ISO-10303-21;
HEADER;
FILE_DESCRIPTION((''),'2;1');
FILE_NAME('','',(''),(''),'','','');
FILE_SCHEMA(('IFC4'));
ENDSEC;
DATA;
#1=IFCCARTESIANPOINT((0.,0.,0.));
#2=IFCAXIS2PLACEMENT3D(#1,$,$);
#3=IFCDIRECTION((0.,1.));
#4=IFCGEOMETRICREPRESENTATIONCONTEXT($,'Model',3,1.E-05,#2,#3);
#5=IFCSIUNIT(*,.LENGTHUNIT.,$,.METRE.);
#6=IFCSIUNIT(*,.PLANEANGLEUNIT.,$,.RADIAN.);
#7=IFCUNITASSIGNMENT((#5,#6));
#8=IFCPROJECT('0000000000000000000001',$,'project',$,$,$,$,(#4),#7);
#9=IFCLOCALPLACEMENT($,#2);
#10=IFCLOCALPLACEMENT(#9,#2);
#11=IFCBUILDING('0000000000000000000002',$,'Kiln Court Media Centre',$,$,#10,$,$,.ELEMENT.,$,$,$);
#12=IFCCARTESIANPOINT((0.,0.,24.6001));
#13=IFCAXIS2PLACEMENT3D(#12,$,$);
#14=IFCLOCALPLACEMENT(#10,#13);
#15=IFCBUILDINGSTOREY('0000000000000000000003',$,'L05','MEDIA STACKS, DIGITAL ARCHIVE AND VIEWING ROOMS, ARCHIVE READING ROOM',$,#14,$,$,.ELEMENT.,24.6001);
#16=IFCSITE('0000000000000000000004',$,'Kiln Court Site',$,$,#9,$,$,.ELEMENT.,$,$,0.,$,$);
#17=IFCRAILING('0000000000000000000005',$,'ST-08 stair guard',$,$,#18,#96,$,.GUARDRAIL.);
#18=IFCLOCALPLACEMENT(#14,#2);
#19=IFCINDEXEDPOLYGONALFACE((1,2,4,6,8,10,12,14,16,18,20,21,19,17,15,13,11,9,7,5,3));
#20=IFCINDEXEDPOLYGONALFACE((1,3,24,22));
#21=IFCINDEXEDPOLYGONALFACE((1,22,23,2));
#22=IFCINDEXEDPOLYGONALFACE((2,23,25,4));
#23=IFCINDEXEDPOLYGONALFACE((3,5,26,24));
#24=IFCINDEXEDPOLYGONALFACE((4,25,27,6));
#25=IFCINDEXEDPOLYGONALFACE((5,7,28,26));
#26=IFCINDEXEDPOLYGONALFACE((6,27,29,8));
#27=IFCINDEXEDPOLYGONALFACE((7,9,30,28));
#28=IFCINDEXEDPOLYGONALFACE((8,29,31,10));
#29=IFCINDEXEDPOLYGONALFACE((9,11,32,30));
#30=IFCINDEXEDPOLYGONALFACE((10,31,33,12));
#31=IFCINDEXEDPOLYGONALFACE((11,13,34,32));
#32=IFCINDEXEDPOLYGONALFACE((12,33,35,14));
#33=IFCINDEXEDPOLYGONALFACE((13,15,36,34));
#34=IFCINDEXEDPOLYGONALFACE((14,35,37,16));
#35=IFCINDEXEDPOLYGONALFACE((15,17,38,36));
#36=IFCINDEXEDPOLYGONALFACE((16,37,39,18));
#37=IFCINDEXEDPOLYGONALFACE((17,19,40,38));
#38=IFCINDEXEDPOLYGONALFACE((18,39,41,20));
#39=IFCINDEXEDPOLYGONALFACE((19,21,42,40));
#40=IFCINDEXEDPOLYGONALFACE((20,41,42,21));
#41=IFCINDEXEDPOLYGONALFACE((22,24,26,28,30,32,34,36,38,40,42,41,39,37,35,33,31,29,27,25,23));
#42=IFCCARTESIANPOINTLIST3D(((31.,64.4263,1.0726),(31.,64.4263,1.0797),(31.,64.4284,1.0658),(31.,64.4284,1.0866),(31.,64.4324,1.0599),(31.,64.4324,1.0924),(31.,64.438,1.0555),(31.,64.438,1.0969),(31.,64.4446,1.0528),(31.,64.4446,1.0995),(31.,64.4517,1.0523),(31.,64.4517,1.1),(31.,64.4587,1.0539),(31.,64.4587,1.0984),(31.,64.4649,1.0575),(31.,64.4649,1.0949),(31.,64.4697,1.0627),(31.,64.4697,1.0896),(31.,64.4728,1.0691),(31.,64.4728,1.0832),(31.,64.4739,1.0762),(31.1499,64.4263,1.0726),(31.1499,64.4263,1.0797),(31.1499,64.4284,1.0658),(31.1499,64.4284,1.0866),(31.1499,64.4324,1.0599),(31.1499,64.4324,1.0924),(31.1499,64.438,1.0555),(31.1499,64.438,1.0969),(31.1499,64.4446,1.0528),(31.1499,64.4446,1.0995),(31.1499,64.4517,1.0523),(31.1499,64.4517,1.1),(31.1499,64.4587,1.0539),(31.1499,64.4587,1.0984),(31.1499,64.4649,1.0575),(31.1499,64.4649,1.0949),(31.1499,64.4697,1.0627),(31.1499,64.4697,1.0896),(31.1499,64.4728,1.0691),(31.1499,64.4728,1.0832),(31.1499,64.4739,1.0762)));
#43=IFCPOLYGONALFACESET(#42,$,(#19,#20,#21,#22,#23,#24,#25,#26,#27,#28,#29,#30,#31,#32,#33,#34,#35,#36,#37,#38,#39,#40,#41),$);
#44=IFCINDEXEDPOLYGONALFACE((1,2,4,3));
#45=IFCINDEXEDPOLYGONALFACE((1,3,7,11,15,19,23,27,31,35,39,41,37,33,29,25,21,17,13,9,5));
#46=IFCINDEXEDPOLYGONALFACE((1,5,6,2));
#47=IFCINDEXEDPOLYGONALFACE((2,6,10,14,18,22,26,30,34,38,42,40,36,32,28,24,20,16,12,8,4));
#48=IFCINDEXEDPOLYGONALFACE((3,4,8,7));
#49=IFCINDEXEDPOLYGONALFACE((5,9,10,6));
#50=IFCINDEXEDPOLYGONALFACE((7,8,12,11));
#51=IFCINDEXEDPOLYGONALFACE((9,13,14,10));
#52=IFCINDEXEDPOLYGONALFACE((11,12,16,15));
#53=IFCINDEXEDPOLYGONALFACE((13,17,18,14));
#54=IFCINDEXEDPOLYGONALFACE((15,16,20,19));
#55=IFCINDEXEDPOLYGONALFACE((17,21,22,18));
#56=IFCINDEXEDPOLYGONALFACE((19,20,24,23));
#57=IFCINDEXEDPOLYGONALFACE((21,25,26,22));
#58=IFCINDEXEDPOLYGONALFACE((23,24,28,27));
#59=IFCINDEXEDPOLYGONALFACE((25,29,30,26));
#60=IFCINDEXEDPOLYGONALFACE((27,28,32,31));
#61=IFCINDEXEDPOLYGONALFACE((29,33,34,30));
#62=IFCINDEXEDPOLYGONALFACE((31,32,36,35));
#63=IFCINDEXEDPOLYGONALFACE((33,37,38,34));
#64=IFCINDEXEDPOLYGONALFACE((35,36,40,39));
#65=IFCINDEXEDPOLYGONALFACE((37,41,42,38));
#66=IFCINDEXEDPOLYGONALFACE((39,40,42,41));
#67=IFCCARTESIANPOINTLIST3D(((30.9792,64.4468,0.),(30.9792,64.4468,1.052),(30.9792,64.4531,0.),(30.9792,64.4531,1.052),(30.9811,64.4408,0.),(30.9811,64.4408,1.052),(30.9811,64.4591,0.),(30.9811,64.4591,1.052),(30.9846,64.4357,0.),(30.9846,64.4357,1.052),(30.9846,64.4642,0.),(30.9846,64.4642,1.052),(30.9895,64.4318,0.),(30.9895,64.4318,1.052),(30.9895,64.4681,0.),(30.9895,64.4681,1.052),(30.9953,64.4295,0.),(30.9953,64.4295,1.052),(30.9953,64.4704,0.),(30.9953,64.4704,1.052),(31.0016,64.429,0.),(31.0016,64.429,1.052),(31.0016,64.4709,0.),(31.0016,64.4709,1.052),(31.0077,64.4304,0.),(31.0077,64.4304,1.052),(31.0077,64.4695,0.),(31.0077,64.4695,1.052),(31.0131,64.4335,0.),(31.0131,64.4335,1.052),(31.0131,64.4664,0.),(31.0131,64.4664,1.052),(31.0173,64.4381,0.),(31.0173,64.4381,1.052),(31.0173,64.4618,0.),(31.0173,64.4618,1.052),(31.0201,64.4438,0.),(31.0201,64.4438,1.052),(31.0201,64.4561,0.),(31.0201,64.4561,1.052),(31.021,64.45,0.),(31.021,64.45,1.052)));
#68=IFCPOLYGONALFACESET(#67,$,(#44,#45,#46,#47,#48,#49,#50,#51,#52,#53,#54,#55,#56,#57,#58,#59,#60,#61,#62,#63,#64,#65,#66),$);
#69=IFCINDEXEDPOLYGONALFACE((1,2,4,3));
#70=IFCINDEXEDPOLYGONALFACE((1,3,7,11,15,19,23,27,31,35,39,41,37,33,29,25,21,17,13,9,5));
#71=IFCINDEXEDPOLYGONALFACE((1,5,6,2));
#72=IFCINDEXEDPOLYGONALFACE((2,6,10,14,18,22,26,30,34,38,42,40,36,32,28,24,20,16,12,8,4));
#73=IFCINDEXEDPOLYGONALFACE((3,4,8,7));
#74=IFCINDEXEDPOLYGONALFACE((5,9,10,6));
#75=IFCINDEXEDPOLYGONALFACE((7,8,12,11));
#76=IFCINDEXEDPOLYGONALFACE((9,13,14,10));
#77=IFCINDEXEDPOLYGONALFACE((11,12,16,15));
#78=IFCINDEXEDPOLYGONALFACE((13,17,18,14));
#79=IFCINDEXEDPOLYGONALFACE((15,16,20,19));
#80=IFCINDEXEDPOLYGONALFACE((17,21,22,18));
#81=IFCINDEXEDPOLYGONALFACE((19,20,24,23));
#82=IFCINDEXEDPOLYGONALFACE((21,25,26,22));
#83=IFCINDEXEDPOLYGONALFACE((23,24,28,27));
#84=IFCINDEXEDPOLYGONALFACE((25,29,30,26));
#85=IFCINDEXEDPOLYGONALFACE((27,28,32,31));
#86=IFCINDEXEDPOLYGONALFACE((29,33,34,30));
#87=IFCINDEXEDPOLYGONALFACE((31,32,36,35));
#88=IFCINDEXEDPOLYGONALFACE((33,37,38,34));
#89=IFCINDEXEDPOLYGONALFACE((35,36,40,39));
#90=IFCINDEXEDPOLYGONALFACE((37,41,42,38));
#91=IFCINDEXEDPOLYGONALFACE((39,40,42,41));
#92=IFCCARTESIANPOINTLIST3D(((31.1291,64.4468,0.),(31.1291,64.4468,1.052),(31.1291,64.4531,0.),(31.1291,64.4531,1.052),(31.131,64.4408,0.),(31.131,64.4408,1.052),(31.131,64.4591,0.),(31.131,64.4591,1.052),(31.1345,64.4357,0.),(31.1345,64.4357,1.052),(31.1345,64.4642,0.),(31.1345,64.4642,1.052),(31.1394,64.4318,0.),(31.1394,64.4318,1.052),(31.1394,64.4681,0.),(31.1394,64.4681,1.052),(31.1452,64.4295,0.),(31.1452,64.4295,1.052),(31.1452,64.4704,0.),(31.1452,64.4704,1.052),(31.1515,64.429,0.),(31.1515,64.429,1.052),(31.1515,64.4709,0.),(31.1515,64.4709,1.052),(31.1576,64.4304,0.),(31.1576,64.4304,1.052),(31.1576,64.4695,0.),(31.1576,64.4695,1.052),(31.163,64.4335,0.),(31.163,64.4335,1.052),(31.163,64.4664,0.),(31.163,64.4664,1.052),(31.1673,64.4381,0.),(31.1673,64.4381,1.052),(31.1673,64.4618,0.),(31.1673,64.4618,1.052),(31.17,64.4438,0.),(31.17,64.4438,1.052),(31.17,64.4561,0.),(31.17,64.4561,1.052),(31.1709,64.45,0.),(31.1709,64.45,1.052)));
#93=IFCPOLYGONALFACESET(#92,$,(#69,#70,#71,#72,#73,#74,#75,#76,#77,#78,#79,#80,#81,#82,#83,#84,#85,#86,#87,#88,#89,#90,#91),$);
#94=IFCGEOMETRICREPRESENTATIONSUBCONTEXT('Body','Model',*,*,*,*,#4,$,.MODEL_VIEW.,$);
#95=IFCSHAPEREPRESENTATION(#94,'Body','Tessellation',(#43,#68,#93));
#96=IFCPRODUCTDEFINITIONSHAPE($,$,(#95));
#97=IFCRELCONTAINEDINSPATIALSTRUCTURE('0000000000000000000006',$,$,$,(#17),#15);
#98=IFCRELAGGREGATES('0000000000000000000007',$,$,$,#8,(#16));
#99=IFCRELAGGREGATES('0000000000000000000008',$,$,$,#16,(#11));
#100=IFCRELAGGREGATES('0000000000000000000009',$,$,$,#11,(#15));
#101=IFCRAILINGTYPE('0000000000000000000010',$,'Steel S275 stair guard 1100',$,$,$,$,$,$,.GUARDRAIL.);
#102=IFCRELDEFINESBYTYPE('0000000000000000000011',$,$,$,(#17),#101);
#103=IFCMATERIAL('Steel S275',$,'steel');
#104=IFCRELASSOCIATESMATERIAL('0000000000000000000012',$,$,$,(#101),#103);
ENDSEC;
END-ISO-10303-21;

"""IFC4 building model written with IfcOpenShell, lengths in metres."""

from ifc_helpers import new_model, si_unit, direction, frame, origin, origin_2d, place, context, subcontext, project, spatial, circle, extrude, material, type_object, element, save


model = new_model("IFC4")

# Units and contexts
model_context = context("Model", 3, precision=1e-05, world=origin(), true_north=direction((0.0, 1.0)))
body_context = subcontext(model_context, "Body", "Model", "MODEL_VIEW")
ifc_project = project(units=[si_unit("LENGTHUNIT", "METRE"), si_unit("PLANEANGLEUNIT", "RADIAN")], contexts=[model_context])

# Site, building, storey
site_placement = place(None, origin())
site = spatial("IfcSite", under=ifc_project, at=site_placement, Name="Kiln Court Site", CompositionType="ELEMENT", RefElevation=0.0)
building_placement = place(site_placement, origin())
building = spatial("IfcBuilding", under=site, at=building_placement, Name="Kiln Court Media Centre", CompositionType="ELEMENT")
storey_placement = place(building_placement, frame((0.0, 0.0, 24.6001)))
storey = spatial("IfcBuildingStorey", under=building, at=storey_placement, Name="L05", Description="MEDIA STACKS, DIGITAL ARCHIVE AND VIEWING ROOMS, ARCHIVE READING ROOM", CompositionType="ELEMENT", Elevation=24.6001)

# Railing
ifc_material_1 = material(Name="Steel S275", Category="steel")
railing_type_1 = type_object("IfcRailingType", Name="Steel S275 stair guard 1100", PredefinedType="GUARDRAIL", material=ifc_material_1)
railing_1_placement = place(storey_placement, frame((31.0, 64.45, 0.0)))
element("IfcRailing", 1, at=railing_1_placement, inside=storey, type_object=railing_type_1, Name="ST-08 stair guard", PredefinedType="GUARDRAIL", context=body_context, shape_type="SweptSolid", body=[
    extrude(circle(Radius=0.0239, at=origin_2d()), frame((0.0, 0.0, 1.0762), z_axis=(1.0, 0.0, 0.0), x_axis=(0.0, 1.0, 0.0)), (0.0, 0.0, 1.0), 0.1499),
    extrude(circle(Radius=0.021, at=origin_2d()), origin(), (0.0, 0.0, 1.0), 1.052),
    extrude(circle(Radius=0.021, at=origin_2d()), frame((0.1499, 0.0, 0.0)), (0.0, 0.0, 1.0), 1.052),
])

save(model, "model.ifc")
